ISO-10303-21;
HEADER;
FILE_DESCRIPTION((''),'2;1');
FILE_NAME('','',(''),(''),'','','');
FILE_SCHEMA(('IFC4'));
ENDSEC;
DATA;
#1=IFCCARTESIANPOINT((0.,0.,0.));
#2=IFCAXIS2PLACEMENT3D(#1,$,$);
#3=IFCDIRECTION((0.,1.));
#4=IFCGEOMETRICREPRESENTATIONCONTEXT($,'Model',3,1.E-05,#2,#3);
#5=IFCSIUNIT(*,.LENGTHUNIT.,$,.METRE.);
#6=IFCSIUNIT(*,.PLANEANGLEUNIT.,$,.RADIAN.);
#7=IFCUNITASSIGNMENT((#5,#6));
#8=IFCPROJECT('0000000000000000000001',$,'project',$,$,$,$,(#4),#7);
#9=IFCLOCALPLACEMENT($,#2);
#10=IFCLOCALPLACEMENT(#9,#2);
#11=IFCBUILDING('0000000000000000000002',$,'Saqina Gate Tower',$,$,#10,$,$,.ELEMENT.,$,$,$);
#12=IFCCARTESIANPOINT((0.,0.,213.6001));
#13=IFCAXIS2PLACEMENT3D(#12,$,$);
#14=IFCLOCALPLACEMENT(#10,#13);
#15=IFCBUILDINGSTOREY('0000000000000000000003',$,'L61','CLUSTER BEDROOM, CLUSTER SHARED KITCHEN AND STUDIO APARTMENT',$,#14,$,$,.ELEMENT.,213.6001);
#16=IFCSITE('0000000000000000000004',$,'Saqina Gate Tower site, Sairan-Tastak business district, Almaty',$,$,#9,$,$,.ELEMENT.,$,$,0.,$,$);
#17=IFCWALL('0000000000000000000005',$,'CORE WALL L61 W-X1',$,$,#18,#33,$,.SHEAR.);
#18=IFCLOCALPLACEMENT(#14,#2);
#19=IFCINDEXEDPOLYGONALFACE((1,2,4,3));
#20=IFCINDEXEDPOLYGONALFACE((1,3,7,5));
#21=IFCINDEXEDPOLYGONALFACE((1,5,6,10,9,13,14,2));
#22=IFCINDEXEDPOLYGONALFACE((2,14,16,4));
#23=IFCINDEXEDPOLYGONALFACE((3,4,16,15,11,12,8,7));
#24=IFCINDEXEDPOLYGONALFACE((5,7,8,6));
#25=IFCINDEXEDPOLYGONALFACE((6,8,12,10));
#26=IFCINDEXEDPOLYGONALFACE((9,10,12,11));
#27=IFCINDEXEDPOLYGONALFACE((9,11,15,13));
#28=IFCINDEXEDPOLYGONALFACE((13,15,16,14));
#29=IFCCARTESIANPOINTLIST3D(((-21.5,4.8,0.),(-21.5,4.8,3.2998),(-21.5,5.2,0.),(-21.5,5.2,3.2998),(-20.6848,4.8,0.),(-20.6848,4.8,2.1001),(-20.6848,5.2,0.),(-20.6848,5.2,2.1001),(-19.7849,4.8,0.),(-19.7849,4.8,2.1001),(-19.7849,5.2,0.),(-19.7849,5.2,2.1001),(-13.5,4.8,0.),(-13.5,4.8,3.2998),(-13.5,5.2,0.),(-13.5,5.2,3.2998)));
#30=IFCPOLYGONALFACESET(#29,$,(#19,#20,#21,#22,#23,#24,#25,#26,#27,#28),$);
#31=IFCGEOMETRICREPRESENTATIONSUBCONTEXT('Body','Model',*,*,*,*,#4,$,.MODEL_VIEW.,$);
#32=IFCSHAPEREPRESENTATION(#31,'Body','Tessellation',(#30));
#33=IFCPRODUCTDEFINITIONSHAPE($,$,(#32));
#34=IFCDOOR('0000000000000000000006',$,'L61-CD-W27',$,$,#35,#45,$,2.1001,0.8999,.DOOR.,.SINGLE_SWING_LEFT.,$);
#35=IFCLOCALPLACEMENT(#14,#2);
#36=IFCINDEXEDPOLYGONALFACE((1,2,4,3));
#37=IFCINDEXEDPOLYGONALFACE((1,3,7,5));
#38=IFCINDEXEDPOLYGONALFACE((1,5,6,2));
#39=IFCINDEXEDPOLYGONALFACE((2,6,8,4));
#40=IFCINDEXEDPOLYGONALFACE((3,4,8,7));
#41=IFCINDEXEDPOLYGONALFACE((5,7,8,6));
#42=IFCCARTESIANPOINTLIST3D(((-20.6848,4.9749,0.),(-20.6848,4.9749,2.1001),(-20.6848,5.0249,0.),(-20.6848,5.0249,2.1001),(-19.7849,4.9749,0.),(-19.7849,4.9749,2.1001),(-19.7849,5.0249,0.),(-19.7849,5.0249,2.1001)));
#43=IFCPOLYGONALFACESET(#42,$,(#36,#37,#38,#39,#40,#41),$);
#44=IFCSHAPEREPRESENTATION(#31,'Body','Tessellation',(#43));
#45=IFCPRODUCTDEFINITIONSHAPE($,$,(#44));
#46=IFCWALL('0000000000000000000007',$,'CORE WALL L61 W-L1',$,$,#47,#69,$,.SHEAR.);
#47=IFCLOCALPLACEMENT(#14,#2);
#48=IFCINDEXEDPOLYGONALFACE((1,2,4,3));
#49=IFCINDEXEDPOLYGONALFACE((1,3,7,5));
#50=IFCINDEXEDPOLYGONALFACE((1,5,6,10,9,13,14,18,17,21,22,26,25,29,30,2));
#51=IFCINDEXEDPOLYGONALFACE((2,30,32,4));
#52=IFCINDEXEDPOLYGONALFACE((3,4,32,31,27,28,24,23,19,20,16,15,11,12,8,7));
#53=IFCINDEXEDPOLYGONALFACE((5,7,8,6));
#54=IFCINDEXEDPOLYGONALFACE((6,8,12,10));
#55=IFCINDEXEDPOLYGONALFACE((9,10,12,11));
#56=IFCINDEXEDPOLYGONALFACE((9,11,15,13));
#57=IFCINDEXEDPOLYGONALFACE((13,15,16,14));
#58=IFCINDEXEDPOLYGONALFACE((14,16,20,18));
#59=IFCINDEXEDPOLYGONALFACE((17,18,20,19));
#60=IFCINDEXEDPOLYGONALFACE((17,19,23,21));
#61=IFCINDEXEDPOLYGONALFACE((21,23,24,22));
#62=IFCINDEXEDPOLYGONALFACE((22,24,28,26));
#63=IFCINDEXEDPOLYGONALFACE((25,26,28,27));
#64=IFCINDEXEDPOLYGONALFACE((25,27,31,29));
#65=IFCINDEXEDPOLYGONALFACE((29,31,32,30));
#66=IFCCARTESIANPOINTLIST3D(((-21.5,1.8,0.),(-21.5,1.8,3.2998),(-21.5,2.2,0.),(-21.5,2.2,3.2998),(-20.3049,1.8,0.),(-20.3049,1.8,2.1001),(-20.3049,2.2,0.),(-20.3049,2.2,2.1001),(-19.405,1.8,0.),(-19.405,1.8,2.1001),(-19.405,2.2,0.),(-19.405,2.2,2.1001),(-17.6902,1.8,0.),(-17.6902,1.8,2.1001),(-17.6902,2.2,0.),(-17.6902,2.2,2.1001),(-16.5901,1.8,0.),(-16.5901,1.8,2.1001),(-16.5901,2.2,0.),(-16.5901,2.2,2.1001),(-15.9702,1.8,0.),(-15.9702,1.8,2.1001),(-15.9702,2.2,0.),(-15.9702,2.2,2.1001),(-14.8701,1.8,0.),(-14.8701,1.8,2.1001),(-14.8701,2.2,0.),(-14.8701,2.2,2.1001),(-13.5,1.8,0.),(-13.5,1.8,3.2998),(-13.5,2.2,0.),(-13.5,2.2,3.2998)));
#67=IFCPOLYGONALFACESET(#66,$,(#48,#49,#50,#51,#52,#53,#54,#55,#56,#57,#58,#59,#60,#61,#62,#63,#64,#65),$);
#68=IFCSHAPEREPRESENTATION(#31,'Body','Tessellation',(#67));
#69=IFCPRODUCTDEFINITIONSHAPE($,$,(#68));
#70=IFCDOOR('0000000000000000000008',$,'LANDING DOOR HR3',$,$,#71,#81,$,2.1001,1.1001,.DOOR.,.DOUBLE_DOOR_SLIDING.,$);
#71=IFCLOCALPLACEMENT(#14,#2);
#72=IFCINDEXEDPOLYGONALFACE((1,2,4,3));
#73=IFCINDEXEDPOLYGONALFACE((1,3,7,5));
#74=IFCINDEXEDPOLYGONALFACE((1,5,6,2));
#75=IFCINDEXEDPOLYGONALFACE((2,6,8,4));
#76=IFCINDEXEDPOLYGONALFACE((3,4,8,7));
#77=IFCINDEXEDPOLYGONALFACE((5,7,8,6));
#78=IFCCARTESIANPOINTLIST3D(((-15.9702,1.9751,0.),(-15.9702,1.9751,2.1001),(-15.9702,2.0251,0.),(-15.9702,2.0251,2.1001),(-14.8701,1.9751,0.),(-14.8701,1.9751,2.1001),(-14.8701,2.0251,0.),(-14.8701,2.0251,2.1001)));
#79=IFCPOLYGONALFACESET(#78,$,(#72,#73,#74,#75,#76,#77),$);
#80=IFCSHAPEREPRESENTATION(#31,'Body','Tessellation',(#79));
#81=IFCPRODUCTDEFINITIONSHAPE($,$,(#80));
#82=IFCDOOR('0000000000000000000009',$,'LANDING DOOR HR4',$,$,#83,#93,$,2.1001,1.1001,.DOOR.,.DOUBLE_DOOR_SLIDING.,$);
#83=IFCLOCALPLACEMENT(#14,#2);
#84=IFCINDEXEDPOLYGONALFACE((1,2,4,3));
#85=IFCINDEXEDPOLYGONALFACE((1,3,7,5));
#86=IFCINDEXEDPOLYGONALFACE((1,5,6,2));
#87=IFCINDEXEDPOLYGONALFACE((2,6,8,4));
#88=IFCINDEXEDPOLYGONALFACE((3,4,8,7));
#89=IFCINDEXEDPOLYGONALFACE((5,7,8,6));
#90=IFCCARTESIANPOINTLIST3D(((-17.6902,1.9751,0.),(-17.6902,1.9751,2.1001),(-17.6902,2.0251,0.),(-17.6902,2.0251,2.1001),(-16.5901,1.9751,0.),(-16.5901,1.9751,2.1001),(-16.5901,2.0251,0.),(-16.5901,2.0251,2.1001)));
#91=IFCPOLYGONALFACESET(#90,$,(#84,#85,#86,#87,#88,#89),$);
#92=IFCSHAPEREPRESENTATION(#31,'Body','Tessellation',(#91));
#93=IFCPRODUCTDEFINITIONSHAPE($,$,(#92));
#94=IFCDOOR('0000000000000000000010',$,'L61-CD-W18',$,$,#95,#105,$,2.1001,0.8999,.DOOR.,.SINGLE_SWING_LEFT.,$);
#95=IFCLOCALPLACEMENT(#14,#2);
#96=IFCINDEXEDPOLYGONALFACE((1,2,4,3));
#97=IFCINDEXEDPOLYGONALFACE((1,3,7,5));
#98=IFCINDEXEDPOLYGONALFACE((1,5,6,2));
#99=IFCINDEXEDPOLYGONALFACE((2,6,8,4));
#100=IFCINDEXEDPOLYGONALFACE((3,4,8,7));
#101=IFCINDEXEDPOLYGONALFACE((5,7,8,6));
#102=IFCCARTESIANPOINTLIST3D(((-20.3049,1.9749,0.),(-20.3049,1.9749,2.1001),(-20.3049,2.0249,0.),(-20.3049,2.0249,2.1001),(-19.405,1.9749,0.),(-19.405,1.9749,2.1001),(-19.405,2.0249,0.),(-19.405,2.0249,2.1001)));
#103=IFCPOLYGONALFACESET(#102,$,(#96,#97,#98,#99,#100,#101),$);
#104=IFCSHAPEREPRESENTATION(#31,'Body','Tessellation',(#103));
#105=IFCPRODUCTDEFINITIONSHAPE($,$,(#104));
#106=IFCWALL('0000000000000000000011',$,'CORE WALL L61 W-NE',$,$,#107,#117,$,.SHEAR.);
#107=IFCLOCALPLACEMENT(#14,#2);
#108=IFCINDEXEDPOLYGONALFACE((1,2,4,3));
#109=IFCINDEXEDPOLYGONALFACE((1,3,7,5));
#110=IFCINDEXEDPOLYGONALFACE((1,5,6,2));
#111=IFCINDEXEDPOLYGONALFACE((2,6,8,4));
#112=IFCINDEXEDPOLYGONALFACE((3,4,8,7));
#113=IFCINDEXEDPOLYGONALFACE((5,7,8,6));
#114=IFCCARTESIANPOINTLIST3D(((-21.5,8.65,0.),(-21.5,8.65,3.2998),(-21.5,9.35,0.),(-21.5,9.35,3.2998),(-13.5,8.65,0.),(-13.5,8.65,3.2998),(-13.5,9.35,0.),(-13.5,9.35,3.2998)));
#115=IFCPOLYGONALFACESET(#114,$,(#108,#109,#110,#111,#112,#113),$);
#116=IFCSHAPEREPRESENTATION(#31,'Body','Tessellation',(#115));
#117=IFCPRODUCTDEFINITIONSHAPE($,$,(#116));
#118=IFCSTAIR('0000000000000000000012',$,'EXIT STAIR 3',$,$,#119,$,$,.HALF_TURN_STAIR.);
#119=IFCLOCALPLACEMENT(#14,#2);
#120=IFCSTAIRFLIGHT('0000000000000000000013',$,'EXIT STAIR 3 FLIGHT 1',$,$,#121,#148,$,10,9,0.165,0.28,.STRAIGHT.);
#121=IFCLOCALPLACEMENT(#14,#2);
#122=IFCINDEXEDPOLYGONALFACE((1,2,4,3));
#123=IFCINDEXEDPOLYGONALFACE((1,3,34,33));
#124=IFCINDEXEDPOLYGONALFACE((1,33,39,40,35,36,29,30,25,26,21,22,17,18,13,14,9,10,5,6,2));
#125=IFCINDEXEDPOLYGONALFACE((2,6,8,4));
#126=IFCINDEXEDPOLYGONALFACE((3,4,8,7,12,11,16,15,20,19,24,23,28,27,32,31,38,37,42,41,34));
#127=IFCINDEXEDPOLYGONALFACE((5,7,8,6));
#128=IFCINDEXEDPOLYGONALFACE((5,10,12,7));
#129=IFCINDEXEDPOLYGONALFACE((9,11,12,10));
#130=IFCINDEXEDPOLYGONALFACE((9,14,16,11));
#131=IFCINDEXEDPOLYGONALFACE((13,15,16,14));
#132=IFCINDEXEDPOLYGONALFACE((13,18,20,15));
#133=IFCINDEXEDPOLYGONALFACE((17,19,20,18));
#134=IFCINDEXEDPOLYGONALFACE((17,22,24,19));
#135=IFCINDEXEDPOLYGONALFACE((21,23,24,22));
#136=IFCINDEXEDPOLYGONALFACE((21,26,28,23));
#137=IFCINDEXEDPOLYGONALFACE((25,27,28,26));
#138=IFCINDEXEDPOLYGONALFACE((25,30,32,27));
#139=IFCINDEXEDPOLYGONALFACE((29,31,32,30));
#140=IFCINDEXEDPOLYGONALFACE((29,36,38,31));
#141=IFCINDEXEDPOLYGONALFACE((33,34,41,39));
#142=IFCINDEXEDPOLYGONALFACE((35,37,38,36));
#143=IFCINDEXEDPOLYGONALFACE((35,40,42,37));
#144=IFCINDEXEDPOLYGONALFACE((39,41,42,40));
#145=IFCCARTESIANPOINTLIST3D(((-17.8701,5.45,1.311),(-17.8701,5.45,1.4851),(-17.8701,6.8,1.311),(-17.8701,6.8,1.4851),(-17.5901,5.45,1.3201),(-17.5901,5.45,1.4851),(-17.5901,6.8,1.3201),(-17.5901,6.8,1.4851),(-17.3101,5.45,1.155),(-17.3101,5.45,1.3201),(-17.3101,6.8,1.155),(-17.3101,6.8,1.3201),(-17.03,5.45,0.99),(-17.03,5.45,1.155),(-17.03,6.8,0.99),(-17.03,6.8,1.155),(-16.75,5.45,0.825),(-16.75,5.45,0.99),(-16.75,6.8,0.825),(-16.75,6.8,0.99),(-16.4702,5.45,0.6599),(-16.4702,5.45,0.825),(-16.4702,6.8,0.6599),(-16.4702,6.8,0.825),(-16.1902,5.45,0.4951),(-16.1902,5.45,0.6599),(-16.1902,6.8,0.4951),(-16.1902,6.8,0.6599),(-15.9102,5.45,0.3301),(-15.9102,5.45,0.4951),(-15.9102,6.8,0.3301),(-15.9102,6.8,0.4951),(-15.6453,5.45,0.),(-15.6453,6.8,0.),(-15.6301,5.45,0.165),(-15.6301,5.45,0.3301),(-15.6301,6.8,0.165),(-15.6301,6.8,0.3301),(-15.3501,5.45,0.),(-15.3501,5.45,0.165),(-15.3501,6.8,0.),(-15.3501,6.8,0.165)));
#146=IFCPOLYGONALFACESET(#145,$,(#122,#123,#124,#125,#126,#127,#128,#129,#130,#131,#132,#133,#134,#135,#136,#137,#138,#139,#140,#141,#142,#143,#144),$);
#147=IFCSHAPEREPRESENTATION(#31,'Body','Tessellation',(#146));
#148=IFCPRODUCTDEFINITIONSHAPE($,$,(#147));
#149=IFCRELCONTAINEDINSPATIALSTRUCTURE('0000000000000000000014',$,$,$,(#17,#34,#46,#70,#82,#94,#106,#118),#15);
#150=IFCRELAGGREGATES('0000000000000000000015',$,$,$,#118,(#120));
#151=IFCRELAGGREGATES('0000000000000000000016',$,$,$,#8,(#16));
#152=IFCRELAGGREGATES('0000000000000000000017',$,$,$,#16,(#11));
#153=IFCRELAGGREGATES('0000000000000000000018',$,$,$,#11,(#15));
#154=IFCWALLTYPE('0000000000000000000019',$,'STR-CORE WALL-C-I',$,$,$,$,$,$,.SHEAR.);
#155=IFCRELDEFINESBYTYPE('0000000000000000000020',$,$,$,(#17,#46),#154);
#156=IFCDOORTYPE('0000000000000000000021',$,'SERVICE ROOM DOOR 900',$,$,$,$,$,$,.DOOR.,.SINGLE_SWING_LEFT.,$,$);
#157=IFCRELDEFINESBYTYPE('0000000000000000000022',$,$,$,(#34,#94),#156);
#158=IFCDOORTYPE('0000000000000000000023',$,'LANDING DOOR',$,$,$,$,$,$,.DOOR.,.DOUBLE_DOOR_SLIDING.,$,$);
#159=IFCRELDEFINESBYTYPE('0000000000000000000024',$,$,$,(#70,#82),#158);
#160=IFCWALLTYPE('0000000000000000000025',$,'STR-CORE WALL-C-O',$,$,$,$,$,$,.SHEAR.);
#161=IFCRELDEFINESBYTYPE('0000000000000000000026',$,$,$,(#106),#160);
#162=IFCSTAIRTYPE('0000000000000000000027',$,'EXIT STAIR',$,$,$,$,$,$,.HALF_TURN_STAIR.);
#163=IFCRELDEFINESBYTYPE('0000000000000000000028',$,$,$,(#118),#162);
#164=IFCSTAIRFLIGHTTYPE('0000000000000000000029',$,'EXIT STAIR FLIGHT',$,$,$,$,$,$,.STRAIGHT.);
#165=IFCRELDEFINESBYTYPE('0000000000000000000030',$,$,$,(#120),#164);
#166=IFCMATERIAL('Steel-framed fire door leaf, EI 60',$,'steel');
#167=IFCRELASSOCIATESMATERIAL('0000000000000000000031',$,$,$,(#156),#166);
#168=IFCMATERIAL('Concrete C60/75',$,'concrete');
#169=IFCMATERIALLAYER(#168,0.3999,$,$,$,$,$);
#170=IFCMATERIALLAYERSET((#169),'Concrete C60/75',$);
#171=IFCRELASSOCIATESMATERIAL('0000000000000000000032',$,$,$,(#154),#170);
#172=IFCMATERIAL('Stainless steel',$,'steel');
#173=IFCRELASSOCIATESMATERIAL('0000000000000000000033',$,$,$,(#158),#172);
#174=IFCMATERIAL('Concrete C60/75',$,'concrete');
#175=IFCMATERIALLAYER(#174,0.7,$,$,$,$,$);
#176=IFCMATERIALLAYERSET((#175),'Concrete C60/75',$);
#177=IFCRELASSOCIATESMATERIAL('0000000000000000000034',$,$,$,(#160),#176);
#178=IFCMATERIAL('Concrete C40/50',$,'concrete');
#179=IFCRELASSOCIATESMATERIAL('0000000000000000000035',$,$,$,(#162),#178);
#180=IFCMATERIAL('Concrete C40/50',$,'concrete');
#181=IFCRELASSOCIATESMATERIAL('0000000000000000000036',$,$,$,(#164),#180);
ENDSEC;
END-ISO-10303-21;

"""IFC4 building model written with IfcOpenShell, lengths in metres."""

from ifc_helpers import new_model, si_unit, direction, frame, frame_2d, origin, place, context, subcontext, project, spatial, polyline, rectangle, outline, extrude, material, layer, layer_set, type_object, element, fill, aggregate, save


model = new_model("IFC4")

# Units and contexts
model_context = context("Model", 3, precision=1e-05, world=origin(), true_north=direction((0.0, 1.0)))
body_context = subcontext(model_context, "Body", "Model", "MODEL_VIEW")
ifc_project = project(units=[si_unit("LENGTHUNIT", "METRE"), si_unit("PLANEANGLEUNIT", "RADIAN")], contexts=[model_context])

# Site, building, storey
site_placement = place(None, origin())
site = spatial("IfcSite", under=ifc_project, at=site_placement, Name="Saqina Gate Tower site, Sairan-Tastak business district, Almaty", CompositionType="ELEMENT", RefElevation=0.0)
building_placement = place(site_placement, origin())
building = spatial("IfcBuilding", under=site, at=building_placement, Name="Saqina Gate Tower", CompositionType="ELEMENT")
storey_placement = place(building_placement, frame((0.0, 0.0, 213.6001)))
storey = spatial("IfcBuildingStorey", under=building, at=storey_placement, Name="L61", Description="CLUSTER BEDROOM, CLUSTER SHARED KITCHEN AND STUDIO APARTMENT", CompositionType="ELEMENT", Elevation=213.6001)

# Shared definitions
ifc_material_1 = material(Name="Steel-framed fire door leaf, EI 60", Category="steel")
door_type_1 = type_object("IfcDoorType", Name="SERVICE ROOM DOOR 900", OperationType="SINGLE_SWING_LEFT", PredefinedType="DOOR", material=ifc_material_1)

# Wall, opening, door
ifc_material_2 = material(Name="Concrete C60/75", Category="concrete")
ifc_layer_1 = layer(ifc_material_2, 0.3999)
ifc_layer_set_1 = layer_set([ifc_layer_1], Name="Concrete C60/75")
wall_type_1 = type_object("IfcWallType", Name="STR-CORE WALL-C-I", PredefinedType="SHEAR", material=ifc_layer_set_1)
wall_1_placement = place(storey_placement, frame((-13.5, 5.0, 0.0), z_axis=(0.0, 0.0, 1.0), x_axis=(-1.0, 0.0, 0.0)))
wall_1 = element("IfcWall", 1, at=wall_1_placement, inside=storey, type_object=wall_type_1, Name="CORE WALL L61 W-X1", PredefinedType="SHEAR", context=body_context, shape_type="SweptSolid", body=[
    extrude(rectangle(XDim=8.0, YDim=0.3999, at=frame_2d((4.0, 0.0))), origin(), (0.0, 0.0, 1.0), 3.2998),
])
opening_1_placement = place(wall_1_placement, frame((6.2849, 0.0, 0.0)))
opening_1 = element("IfcOpeningElement", 2, at=opening_1_placement, cuts=wall_1, PredefinedType="OPENING", context=body_context, shape_type="SweptSolid", body=[
    extrude(rectangle(XDim=0.8999, YDim=2.1001, at=frame_2d((0.45, 1.05))), frame((0.0, 0.2119, 0.0), z_axis=(0.0, -1.0, 0.0), x_axis=(1.0, 0.0, 0.0)), (0.0, 0.0, 1.0), 0.4238),
])
door_1_placement = place(opening_1_placement, frame((0.8999, 0.0, 0.0), z_axis=(0.0, 0.0, 1.0), x_axis=(-1.0, 0.0, 0.0)))
door_1 = element("IfcDoor", 3, at=door_1_placement, inside=storey, type_object=door_type_1, Name="L61-CD-W27", OperationType="SINGLE_SWING_LEFT", OverallHeight=2.1001, OverallWidth=0.8999, PredefinedType="DOOR", context=body_context, shape_type="SweptSolid", body=[
    extrude(rectangle(XDim=0.8999, YDim=2.1001, at=frame_2d((0.45, 1.05))), frame((0.0, 0.0249, 0.0), z_axis=(0.0, -1.0, 0.0), x_axis=(1.0, 0.0, 0.0)), (0.0, 0.0, 1.0), 0.05),
])
fill(opening_1, door_1)

# Wall, openings, doors
wall_2_placement = place(storey_placement, frame((-13.5, 2.0, 0.0), z_axis=(0.0, 0.0, 1.0), x_axis=(-1.0, 0.0, 0.0)))
wall_2 = element("IfcWall", 4, at=wall_2_placement, inside=storey, type_object=wall_type_1, Name="CORE WALL L61 W-L1", PredefinedType="SHEAR", context=body_context, shape_type="SweptSolid", body=[
    extrude(rectangle(XDim=8.0, YDim=0.3999, at=frame_2d((4.0, 0.0))), origin(), (0.0, 0.0, 1.0), 3.2998),
])
opening_2_placement = place(wall_2_placement, frame((1.3701, 0.0, 0.0)))
opening_2 = element("IfcOpeningElement", 5, at=opening_2_placement, cuts=wall_2, PredefinedType="OPENING", context=body_context, shape_type="SweptSolid", body=[
    extrude(rectangle(XDim=1.1001, YDim=2.1001, at=frame_2d((0.55, 1.05))), frame((0.0, 0.2119, 0.0), z_axis=(0.0, -1.0, 0.0), x_axis=(1.0, 0.0, 0.0)), (0.0, 0.0, 1.0), 0.4238),
])
opening_3_placement = place(wall_2_placement, frame((3.0901, 0.0, 0.0)))
opening_3 = element("IfcOpeningElement", 6, at=opening_3_placement, cuts=wall_2, PredefinedType="OPENING", context=body_context, shape_type="SweptSolid", body=[
    extrude(rectangle(XDim=1.1001, YDim=2.1001, at=frame_2d((0.55, 1.05))), frame((0.0, 0.2119, 0.0), z_axis=(0.0, -1.0, 0.0), x_axis=(1.0, 0.0, 0.0)), (0.0, 0.0, 1.0), 0.4238),
])
opening_4_placement = place(wall_2_placement, frame((5.905, 0.0, 0.0)))
opening_4 = element("IfcOpeningElement", 7, at=opening_4_placement, cuts=wall_2, PredefinedType="OPENING", context=body_context, shape_type="SweptSolid", body=[
    extrude(rectangle(XDim=0.8999, YDim=2.1001, at=frame_2d((0.45, 1.05))), frame((0.0, 0.2119, 0.0), z_axis=(0.0, -1.0, 0.0), x_axis=(1.0, 0.0, 0.0)), (0.0, 0.0, 1.0), 0.4238),
])
ifc_material_3 = material(Name="Stainless steel", Category="steel")
door_type_2 = type_object("IfcDoorType", Name="LANDING DOOR", OperationType="DOUBLE_DOOR_SLIDING", PredefinedType="DOOR", material=ifc_material_3)
door_2_placement = place(opening_2_placement, origin())
door_2 = element("IfcDoor", 8, at=door_2_placement, inside=storey, type_object=door_type_2, Name="LANDING DOOR HR3", OperationType="DOUBLE_DOOR_SLIDING", OverallHeight=2.1001, OverallWidth=1.1001, PredefinedType="DOOR", context=body_context, shape_type="SweptSolid", body=[
    extrude(rectangle(XDim=1.1001, YDim=2.1001, at=frame_2d((0.55, 1.05))), frame((0.0, 0.0249, 0.0), z_axis=(0.0, -1.0, 0.0), x_axis=(1.0, 0.0, 0.0)), (0.0, 0.0, 1.0), 0.05),
])
fill(opening_2, door_2)
door_3_placement = place(opening_3_placement, origin())
door_3 = element("IfcDoor", 9, at=door_3_placement, inside=storey, type_object=door_type_2, Name="LANDING DOOR HR4", OperationType="DOUBLE_DOOR_SLIDING", OverallHeight=2.1001, OverallWidth=1.1001, PredefinedType="DOOR", context=body_context, shape_type="SweptSolid", body=[
    extrude(rectangle(XDim=1.1001, YDim=2.1001, at=frame_2d((0.55, 1.05))), frame((0.0, 0.0249, 0.0), z_axis=(0.0, -1.0, 0.0), x_axis=(1.0, 0.0, 0.0)), (0.0, 0.0, 1.0), 0.05),
])
fill(opening_3, door_3)
door_4_placement = place(opening_4_placement, frame((0.8999, 0.0, 0.0), z_axis=(0.0, 0.0, 1.0), x_axis=(-1.0, 0.0, 0.0)))
door_4 = element("IfcDoor", 10, at=door_4_placement, inside=storey, type_object=door_type_1, Name="L61-CD-W18", OperationType="SINGLE_SWING_LEFT", OverallHeight=2.1001, OverallWidth=0.8999, PredefinedType="DOOR", context=body_context, shape_type="SweptSolid", body=[
    extrude(rectangle(XDim=0.8999, YDim=2.1001, at=frame_2d((0.45, 1.05))), frame((0.0, 0.0249, 0.0), z_axis=(0.0, -1.0, 0.0), x_axis=(1.0, 0.0, 0.0)), (0.0, 0.0, 1.0), 0.05),
])
fill(opening_4, door_4)

# Wall
ifc_material_4 = material(Name="Concrete C60/75", Category="concrete")
ifc_layer_2 = layer(ifc_material_4, 0.7)
ifc_layer_set_2 = layer_set([ifc_layer_2], Name="Concrete C60/75")
wall_type_2 = type_object("IfcWallType", Name="STR-CORE WALL-C-O", PredefinedType="SHEAR", material=ifc_layer_set_2)
wall_3_placement = place(storey_placement, frame((-13.5, 9.0, 0.0), z_axis=(0.0, 0.0, 1.0), x_axis=(-1.0, 0.0, 0.0)))
element("IfcWall", 11, at=wall_3_placement, inside=storey, type_object=wall_type_2, Name="CORE WALL L61 W-NE", PredefinedType="SHEAR", context=body_context, shape_type="SweptSolid", body=[
    extrude(rectangle(XDim=8.0, YDim=0.7, at=frame_2d((4.0, 0.0))), origin(), (0.0, 0.0, 1.0), 3.2998),
])

# Stair, stair flight
ifc_material_5 = material(Name="Concrete C40/50", Category="concrete")
stair_type = type_object("IfcStairType", Name="EXIT STAIR", PredefinedType="HALF_TURN_STAIR", material=ifc_material_5)
stair_placement = place(storey_placement, origin())
stair = element("IfcStair", 12, at=stair_placement, inside=storey, type_object=stair_type, Name="EXIT STAIR 3", PredefinedType="HALF_TURN_STAIR")
ifc_material_6 = material(Name="Concrete C40/50", Category="concrete")
stair_flight_type = type_object("IfcStairFlightType", Name="EXIT STAIR FLIGHT", PredefinedType="STRAIGHT", material=ifc_material_6)
stair_flight_1_placement = place(storey_placement, frame((-15.3501, 6.125, 0.0), z_axis=(0.0, 0.0, 1.0), x_axis=(-1.0, 0.0, 0.0)))
stair_flight_1 = element("IfcStairFlight", 13, at=stair_flight_1_placement, type_object=stair_flight_type, Name="EXIT STAIR 3 FLIGHT 1", NumberOfRisers=10, NumberOfTreads=9, PredefinedType="STRAIGHT", RiserHeight=0.165, TreadLength=0.28, context=body_context, shape_type="SweptSolid", body=[
    extrude(outline(polyline([(0.0, 0.0), (0.0, 0.165), (0.28, 0.165), (0.28, 0.3301), (0.5601, 0.3301), (0.5601, 0.4951), (0.8401, 0.4951), (0.8401, 0.6599), (1.1201, 0.6599), (1.1201, 0.825), (1.3999, 0.825), (1.3999, 0.99), (1.6799, 0.99), (1.6799, 1.155), (1.96, 1.155), (1.96, 1.3201), (2.24, 1.3201), (2.24, 1.4851), (2.52, 1.4851), (2.52, 1.6499), (2.52, 1.311), (0.2952, 0.0), (0.0, 0.0)])), frame((0.0, 0.675, 0.0), z_axis=(0.0, -1.0, 0.0), x_axis=(1.0, 0.0, 0.0)), (0.0, 0.0, 1.0), 1.3501),
])
aggregate(stair, [stair_flight_1])

save(model, "model.ifc")
